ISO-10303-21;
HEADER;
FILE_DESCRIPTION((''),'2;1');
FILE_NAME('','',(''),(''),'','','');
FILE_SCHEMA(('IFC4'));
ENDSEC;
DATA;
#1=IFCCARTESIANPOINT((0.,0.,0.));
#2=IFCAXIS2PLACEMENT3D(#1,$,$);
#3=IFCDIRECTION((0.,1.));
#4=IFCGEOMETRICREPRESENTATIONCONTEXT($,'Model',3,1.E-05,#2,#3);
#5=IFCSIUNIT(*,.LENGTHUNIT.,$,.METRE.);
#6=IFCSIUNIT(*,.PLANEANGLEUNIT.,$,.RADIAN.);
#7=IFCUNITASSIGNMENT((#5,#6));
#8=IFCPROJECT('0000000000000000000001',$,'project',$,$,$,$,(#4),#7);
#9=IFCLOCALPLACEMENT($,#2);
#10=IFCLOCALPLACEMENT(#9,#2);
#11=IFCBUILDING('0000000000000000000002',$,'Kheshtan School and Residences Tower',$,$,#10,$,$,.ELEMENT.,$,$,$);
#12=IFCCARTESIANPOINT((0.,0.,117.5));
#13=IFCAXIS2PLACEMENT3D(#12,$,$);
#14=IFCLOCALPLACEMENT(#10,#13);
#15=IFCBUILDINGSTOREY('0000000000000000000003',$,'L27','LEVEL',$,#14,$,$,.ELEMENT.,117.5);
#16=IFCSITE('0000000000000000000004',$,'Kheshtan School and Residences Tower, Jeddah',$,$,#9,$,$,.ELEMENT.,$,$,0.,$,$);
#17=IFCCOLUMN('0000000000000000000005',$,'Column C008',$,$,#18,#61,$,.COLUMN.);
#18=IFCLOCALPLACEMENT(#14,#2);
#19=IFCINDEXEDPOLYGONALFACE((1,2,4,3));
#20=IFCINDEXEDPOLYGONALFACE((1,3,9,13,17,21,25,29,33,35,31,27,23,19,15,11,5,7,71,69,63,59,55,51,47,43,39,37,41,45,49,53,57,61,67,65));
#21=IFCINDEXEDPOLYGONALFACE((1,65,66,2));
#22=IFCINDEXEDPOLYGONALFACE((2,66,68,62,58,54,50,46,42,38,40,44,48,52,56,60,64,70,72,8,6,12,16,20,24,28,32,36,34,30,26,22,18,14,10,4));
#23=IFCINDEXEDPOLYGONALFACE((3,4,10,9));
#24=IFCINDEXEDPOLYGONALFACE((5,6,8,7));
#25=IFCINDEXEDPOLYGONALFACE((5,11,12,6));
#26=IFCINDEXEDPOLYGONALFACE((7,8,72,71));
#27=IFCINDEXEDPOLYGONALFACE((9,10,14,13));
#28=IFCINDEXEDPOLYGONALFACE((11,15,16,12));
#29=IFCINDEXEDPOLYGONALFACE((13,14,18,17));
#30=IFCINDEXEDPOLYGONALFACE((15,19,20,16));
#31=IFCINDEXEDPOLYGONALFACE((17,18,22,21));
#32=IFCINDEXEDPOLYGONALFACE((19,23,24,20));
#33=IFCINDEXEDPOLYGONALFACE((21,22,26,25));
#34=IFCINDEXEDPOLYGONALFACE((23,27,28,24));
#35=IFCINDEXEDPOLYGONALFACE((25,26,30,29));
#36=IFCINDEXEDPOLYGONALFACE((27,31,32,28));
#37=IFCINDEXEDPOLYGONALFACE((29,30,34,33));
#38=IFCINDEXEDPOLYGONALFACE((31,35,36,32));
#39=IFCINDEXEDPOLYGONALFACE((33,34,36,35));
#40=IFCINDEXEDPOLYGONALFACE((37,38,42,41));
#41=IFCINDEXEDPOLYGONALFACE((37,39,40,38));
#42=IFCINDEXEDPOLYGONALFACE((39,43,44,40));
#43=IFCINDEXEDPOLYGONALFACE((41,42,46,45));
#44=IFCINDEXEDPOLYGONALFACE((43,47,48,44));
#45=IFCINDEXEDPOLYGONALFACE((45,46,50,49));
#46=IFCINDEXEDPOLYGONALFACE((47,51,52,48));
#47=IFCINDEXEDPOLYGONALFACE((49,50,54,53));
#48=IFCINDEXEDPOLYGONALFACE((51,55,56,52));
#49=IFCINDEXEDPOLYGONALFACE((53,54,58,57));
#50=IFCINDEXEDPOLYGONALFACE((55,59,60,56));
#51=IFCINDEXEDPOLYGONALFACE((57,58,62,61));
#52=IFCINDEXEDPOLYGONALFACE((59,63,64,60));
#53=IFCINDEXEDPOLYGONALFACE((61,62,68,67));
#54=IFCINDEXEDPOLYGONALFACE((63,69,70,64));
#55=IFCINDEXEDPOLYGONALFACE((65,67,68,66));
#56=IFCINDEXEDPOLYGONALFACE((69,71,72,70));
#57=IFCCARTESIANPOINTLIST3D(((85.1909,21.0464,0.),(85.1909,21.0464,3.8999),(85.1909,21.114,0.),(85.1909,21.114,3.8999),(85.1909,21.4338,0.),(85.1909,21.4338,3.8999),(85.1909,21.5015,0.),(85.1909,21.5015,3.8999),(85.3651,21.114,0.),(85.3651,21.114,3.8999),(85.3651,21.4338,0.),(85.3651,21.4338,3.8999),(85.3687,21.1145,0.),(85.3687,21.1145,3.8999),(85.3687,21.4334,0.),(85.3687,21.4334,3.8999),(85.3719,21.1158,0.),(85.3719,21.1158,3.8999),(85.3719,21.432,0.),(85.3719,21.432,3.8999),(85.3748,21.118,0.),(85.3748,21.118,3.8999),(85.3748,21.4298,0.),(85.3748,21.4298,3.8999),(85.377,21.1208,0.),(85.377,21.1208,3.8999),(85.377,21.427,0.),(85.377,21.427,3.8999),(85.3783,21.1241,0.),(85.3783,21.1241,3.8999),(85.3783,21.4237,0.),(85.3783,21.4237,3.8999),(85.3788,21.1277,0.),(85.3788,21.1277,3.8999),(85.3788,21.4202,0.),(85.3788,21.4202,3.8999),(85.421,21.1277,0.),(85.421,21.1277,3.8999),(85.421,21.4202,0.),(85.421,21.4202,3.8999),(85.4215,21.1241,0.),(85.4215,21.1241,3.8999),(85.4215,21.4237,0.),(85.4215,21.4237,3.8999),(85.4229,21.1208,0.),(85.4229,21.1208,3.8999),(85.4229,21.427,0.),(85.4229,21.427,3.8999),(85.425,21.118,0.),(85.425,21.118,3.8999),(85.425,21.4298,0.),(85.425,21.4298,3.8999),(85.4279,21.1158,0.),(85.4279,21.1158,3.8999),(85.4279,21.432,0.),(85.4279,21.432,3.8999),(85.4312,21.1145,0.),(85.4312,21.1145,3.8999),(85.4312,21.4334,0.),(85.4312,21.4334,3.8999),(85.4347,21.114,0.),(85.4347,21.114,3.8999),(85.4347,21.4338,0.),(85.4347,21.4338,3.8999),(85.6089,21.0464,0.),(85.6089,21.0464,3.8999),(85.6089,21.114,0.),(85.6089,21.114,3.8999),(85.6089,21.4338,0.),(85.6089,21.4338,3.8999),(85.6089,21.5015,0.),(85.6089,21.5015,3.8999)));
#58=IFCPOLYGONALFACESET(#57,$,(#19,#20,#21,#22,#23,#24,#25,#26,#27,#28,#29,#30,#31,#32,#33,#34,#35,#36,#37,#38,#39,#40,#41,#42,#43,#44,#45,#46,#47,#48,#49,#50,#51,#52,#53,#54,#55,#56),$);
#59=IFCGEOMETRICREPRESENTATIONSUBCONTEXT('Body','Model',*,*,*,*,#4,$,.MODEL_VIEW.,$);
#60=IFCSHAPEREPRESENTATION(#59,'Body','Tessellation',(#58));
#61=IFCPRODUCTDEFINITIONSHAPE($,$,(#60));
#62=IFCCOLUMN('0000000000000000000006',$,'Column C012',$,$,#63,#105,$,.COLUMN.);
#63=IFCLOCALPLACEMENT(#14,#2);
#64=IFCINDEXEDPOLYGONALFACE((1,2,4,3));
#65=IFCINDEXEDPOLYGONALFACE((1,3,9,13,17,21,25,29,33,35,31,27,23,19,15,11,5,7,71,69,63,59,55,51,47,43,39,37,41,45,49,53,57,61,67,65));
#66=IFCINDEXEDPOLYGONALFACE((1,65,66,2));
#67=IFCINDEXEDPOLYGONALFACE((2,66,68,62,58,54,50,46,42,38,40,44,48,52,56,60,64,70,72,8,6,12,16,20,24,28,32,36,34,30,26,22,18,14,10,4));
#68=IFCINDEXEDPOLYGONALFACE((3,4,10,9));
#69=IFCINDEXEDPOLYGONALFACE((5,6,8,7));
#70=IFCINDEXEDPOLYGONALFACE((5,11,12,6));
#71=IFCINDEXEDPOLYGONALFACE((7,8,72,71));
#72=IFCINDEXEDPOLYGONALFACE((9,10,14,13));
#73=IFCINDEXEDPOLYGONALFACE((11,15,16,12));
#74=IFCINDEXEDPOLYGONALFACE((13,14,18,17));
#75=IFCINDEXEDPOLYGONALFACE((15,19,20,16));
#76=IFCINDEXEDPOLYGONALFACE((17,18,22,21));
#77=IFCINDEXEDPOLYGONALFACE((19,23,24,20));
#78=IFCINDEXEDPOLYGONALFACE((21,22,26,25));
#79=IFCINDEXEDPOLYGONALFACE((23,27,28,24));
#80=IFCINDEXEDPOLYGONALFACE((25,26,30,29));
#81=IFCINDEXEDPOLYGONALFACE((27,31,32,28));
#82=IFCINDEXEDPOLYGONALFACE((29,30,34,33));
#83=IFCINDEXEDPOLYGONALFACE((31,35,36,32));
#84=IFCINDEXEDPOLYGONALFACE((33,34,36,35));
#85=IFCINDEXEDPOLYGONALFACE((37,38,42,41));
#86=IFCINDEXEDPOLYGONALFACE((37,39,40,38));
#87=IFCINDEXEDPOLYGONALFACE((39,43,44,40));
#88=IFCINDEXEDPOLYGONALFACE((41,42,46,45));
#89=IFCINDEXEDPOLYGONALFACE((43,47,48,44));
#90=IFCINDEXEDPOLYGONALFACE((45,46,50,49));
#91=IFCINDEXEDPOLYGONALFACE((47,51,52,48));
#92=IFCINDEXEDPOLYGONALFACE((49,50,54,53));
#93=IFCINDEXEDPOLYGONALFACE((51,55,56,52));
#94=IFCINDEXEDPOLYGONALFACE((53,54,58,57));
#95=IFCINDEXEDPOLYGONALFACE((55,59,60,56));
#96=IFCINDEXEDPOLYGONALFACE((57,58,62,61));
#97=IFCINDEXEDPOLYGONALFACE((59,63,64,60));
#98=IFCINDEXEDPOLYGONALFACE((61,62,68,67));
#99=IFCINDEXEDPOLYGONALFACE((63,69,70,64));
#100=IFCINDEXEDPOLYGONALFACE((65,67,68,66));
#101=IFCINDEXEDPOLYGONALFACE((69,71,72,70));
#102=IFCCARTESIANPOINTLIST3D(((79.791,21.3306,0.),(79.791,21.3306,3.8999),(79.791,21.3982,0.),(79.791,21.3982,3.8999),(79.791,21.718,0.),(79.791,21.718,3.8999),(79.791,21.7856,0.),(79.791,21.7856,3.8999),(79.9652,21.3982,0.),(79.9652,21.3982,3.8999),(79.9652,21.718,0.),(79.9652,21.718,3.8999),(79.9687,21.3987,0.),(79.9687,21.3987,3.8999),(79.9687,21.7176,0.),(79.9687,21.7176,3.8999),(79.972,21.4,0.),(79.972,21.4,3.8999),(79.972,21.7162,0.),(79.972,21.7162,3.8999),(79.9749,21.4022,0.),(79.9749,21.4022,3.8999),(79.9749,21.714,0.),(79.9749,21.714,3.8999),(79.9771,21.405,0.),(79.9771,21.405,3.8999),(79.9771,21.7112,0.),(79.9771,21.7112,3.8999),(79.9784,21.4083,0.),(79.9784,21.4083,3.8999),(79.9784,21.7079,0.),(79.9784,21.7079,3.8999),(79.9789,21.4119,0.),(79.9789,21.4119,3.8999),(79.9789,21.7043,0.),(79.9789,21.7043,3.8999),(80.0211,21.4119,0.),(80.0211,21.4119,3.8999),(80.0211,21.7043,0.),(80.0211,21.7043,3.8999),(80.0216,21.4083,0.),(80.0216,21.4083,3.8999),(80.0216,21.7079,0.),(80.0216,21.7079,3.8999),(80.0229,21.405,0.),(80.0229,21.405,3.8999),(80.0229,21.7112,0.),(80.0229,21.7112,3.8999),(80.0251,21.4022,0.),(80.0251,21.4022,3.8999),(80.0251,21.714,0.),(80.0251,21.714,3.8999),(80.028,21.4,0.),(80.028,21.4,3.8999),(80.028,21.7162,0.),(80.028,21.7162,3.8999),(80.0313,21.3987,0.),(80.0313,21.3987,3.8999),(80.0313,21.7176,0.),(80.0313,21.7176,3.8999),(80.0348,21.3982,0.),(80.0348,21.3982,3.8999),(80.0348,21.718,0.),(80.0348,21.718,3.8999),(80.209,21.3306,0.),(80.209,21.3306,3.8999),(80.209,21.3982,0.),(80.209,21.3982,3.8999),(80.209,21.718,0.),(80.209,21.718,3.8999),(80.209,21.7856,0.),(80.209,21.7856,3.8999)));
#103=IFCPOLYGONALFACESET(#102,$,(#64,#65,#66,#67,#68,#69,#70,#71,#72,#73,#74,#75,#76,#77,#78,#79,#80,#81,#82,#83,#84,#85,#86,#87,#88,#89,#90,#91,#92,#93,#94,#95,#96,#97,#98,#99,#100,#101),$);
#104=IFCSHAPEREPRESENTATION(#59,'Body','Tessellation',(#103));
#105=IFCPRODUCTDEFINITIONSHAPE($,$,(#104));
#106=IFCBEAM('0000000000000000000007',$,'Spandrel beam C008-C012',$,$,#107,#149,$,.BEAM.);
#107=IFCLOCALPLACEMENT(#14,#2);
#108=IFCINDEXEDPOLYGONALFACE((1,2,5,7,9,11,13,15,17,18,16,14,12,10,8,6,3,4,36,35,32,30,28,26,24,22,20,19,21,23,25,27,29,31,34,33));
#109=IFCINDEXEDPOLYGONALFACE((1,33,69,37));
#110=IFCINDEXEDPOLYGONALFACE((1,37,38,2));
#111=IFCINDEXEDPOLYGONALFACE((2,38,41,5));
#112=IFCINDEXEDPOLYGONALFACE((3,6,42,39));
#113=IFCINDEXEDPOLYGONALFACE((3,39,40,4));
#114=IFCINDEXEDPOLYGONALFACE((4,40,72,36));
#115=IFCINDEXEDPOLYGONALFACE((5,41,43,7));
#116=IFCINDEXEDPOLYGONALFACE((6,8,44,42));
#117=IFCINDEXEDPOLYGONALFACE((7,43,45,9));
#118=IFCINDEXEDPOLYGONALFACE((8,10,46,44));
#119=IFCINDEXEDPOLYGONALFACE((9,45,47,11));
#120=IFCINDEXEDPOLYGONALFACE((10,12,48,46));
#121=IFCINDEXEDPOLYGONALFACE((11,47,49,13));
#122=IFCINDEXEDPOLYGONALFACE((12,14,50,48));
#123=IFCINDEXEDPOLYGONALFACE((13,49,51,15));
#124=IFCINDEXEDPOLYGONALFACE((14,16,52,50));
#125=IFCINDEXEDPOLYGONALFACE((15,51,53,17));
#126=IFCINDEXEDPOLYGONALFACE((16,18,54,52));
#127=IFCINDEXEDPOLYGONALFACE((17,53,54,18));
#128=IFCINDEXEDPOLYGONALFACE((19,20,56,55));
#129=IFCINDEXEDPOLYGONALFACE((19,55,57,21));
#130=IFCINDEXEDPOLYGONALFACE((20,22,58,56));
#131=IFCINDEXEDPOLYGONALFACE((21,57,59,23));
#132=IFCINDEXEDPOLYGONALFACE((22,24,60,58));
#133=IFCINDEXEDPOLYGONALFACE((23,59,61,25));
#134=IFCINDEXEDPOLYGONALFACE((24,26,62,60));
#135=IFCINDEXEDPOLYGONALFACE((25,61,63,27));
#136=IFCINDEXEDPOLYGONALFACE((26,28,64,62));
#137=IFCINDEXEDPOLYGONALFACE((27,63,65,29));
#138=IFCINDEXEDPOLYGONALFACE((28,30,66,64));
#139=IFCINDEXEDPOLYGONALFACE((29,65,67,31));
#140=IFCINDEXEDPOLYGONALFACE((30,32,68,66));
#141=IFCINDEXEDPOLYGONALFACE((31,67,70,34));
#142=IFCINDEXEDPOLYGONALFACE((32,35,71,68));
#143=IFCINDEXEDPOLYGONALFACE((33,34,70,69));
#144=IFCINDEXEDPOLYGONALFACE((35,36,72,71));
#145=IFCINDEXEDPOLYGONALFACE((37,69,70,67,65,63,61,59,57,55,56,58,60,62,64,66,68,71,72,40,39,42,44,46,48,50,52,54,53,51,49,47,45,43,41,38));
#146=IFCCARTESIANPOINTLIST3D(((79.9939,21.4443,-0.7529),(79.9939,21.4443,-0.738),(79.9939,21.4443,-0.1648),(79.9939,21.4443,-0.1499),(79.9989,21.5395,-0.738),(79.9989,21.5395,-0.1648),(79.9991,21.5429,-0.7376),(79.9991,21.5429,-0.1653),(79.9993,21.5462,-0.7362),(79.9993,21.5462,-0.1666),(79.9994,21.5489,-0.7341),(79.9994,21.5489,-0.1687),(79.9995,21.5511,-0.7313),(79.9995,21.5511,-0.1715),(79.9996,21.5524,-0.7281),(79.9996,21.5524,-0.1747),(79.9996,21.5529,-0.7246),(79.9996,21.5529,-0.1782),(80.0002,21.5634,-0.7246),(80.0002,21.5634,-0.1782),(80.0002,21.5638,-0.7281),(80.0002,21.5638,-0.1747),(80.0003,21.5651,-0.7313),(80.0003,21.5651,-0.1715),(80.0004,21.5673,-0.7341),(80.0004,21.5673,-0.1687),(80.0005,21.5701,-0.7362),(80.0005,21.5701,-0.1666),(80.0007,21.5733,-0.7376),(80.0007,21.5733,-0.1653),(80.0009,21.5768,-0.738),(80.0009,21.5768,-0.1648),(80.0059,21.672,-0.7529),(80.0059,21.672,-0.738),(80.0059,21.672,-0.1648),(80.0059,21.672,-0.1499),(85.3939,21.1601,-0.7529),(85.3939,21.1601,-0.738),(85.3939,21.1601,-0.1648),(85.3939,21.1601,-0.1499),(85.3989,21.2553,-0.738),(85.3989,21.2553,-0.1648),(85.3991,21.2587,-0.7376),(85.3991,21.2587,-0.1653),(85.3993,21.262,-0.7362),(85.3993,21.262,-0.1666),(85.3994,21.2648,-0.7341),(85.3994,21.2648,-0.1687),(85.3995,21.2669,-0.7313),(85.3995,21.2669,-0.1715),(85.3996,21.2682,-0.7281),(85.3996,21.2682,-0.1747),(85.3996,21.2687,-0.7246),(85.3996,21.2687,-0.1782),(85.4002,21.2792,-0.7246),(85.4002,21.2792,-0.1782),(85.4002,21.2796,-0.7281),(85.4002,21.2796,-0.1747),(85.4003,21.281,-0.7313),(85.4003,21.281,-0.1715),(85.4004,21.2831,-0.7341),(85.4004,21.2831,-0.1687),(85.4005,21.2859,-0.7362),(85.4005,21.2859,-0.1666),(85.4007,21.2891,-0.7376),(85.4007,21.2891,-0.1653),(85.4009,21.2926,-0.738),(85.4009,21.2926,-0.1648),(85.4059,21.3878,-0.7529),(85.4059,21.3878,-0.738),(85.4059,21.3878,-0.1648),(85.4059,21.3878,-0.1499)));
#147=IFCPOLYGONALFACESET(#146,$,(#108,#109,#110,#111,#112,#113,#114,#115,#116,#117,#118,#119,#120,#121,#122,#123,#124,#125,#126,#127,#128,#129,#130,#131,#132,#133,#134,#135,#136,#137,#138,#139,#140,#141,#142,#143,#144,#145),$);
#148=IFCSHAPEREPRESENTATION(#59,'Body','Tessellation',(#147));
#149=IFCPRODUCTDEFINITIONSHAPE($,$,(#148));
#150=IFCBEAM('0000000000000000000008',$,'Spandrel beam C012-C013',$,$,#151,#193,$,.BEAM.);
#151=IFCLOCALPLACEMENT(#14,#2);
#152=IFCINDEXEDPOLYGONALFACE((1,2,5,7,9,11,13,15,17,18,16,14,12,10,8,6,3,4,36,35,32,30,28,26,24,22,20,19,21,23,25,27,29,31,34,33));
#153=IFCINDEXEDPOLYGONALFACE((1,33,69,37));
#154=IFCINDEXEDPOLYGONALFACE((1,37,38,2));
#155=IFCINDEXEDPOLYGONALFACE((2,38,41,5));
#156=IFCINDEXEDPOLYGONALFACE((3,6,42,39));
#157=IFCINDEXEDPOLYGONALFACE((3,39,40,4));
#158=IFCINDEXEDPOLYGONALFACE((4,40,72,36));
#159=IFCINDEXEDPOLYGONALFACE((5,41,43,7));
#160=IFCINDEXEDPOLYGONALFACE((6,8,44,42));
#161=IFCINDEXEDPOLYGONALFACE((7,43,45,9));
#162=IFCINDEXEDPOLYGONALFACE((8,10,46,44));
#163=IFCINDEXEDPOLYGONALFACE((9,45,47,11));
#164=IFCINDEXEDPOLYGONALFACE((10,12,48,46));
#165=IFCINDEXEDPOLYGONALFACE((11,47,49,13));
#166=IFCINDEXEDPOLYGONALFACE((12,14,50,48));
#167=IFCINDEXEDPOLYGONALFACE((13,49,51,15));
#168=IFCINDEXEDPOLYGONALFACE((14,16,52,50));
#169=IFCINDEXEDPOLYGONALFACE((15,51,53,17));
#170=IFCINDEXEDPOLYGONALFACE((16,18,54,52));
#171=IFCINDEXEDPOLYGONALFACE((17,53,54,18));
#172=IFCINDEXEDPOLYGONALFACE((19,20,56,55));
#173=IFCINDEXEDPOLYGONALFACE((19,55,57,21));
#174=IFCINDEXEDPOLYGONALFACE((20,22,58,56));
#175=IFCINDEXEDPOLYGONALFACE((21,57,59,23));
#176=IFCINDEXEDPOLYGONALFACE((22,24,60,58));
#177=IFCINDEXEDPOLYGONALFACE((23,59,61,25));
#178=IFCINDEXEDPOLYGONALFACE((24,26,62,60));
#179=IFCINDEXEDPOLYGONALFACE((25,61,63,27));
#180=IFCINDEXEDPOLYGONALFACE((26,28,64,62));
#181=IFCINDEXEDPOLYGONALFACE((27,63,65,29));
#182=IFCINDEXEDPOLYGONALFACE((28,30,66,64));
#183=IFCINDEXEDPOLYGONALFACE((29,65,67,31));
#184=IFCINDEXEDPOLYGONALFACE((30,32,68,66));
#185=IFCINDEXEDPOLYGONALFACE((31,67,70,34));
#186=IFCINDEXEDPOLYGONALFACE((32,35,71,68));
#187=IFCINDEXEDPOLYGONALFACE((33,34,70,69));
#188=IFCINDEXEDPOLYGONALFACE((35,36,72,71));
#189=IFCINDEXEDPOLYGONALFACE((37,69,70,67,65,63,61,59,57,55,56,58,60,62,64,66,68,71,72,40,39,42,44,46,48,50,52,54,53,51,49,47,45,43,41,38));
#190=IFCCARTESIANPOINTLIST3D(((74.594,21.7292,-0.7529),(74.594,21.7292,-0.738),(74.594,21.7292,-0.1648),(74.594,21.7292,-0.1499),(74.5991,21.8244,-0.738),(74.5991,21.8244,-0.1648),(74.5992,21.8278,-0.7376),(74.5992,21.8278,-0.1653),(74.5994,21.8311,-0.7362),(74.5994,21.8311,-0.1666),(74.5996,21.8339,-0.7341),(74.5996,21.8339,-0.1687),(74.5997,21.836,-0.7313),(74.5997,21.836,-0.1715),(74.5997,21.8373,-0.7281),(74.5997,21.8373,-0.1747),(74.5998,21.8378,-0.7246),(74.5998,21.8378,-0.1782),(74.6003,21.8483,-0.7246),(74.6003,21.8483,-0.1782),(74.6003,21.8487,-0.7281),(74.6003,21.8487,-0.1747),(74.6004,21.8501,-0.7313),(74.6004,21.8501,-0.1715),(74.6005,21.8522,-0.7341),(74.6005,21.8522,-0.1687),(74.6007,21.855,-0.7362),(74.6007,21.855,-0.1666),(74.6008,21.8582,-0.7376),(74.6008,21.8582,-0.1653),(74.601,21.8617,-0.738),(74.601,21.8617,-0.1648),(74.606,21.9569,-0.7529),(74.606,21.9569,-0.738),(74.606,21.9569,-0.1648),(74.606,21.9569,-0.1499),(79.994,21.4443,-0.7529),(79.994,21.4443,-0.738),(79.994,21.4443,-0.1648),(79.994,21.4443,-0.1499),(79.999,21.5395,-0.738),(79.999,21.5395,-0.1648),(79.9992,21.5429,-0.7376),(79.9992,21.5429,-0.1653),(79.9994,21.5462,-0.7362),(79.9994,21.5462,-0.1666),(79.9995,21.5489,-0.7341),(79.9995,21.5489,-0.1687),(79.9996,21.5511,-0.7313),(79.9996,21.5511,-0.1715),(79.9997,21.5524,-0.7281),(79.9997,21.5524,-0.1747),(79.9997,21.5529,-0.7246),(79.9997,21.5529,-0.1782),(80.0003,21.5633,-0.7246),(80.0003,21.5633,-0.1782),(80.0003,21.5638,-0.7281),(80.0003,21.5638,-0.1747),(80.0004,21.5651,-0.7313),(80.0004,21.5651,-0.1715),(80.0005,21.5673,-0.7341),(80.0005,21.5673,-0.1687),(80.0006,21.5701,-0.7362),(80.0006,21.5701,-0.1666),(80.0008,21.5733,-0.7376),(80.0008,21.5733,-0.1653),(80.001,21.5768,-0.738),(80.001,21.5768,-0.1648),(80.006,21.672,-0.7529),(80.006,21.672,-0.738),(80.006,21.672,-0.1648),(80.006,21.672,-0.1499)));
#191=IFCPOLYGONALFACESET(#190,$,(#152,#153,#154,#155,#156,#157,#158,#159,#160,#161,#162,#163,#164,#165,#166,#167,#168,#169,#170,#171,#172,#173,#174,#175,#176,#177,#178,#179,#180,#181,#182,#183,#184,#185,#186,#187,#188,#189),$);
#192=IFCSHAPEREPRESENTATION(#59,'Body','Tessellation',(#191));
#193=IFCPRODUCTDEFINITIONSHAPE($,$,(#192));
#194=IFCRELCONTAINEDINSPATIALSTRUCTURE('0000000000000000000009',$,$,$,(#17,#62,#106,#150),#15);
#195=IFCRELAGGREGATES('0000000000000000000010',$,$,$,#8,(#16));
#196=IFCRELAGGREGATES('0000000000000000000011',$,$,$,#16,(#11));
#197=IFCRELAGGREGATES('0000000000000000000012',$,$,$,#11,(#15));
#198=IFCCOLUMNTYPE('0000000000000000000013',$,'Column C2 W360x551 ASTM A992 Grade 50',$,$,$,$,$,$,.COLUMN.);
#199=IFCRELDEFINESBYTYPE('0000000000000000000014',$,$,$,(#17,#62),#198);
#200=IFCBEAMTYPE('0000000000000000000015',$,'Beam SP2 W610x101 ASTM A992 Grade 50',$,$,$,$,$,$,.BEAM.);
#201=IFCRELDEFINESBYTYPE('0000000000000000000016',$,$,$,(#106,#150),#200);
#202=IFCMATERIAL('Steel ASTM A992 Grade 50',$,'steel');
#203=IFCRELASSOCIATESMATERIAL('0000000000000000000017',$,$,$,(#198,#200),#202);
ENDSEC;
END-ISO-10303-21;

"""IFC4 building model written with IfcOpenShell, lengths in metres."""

from ifc_helpers import new_model, si_unit, direction, frame, origin, origin_2d, place, context, subcontext, project, spatial, i_section, extrude, material, material_profile, profile_set, type_object, element, save


model = new_model("IFC4")

# Units and contexts
model_context = context("Model", 3, precision=1e-05, world=origin(), true_north=direction((0.0, 1.0)))
body_context = subcontext(model_context, "Body", "Model", "MODEL_VIEW")
ifc_project = project(units=[si_unit("LENGTHUNIT", "METRE"), si_unit("PLANEANGLEUNIT", "RADIAN")], contexts=[model_context])

# Site, building, storey
site_placement = place(None, origin())
site = spatial("IfcSite", under=ifc_project, at=site_placement, Name="Kheshtan School and Residences Tower, Jeddah", CompositionType="ELEMENT", RefElevation=0.0)
building_placement = place(site_placement, origin())
building = spatial("IfcBuilding", under=site, at=building_placement, Name="Kheshtan School and Residences Tower", CompositionType="ELEMENT")
storey_placement = place(building_placement, frame((0.0, 0.0, 117.5)))
storey = spatial("IfcBuildingStorey", under=building, at=storey_placement, Name="L27", Description="LEVEL", CompositionType="ELEMENT", Elevation=117.5)

# Columns
ifc_material_1 = material(Name="Steel ASTM A992 Grade 50", Category="steel")
ifc_material_profile_1 = material_profile(ifc_material_1, i_section(OverallWidth=0.418, OverallDepth=0.4551, WebThickness=0.0422, FlangeThickness=0.0676, FilletRadius=0.0137, at=origin_2d()), Name="W360x551")
ifc_profile_set_1 = profile_set([ifc_material_profile_1], Name="Steel ASTM A992 Grade 50")
column_type = type_object("IfcColumnType", Name="Column C2 W360x551 ASTM A992 Grade 50", PredefinedType="COLUMN", material=ifc_profile_set_1)
for number, where, z_axis, x_axis, name in (
    (1, (85.3999, 21.2739, 0.0), (0.0, 0.0, 1.0), (1.0, 0.0, 0.0), "Column C008"),
    (2, (80.0, 21.5581, 0.0), (0.0, 0.0, 1.0), (1.0, 0.0, 0.0), "Column C012"),
):
    element("IfcColumn", number, at=place(storey_placement, frame(where, z_axis=z_axis, x_axis=x_axis)), inside=storey, type_object=column_type, Name=name, PredefinedType="COLUMN", context=body_context, shape_type="SweptSolid", body=[
        extrude(i_section(OverallWidth=0.418, OverallDepth=0.4551, WebThickness=0.0422, FlangeThickness=0.0676, FilletRadius=0.0137, at=origin_2d()), origin(), (0.0, 0.0, 1.0), 3.8999),
    ])

# Beams
ifc_material_profile_2 = material_profile(ifc_material_1, i_section(OverallWidth=0.228, OverallDepth=0.603, WebThickness=0.0105, FlangeThickness=0.0149, FilletRadius=0.0134, at=origin_2d()), Name="W610x101")
ifc_profile_set_2 = profile_set([ifc_material_profile_2], Name="Steel ASTM A992 Grade 50")
beam_type = type_object("IfcBeamType", Name="Beam SP2 W610x101 ASTM A992 Grade 50", PredefinedType="BEAM", material=ifc_profile_set_2)
for number, where, z_axis, x_axis, name in (
    (3, (85.3999, 21.2739, -0.4514), (-0.998618, 0.052554, 0.0), (-0.052554, -0.998618, 0.0), "Spandrel beam C008-C012"),
    (4, (80.0, 21.5581, -0.4514), (-0.998611, 0.052689, 0.0), (-0.052689, -0.998611, 0.0), "Spandrel beam C012-C013"),
):
    element("IfcBeam", number, at=place(storey_placement, frame(where, z_axis=z_axis, x_axis=x_axis)), inside=storey, type_object=beam_type, Name=name, PredefinedType="BEAM", context=body_context, shape_type="SweptSolid", body=[
        extrude(i_section(OverallWidth=0.228, OverallDepth=0.603, WebThickness=0.0105, FlangeThickness=0.0149, FilletRadius=0.0134, at=origin_2d()), origin(), (0.0, 0.0, 1.0), 5.4075),
    ])

save(model, "model.ifc")
